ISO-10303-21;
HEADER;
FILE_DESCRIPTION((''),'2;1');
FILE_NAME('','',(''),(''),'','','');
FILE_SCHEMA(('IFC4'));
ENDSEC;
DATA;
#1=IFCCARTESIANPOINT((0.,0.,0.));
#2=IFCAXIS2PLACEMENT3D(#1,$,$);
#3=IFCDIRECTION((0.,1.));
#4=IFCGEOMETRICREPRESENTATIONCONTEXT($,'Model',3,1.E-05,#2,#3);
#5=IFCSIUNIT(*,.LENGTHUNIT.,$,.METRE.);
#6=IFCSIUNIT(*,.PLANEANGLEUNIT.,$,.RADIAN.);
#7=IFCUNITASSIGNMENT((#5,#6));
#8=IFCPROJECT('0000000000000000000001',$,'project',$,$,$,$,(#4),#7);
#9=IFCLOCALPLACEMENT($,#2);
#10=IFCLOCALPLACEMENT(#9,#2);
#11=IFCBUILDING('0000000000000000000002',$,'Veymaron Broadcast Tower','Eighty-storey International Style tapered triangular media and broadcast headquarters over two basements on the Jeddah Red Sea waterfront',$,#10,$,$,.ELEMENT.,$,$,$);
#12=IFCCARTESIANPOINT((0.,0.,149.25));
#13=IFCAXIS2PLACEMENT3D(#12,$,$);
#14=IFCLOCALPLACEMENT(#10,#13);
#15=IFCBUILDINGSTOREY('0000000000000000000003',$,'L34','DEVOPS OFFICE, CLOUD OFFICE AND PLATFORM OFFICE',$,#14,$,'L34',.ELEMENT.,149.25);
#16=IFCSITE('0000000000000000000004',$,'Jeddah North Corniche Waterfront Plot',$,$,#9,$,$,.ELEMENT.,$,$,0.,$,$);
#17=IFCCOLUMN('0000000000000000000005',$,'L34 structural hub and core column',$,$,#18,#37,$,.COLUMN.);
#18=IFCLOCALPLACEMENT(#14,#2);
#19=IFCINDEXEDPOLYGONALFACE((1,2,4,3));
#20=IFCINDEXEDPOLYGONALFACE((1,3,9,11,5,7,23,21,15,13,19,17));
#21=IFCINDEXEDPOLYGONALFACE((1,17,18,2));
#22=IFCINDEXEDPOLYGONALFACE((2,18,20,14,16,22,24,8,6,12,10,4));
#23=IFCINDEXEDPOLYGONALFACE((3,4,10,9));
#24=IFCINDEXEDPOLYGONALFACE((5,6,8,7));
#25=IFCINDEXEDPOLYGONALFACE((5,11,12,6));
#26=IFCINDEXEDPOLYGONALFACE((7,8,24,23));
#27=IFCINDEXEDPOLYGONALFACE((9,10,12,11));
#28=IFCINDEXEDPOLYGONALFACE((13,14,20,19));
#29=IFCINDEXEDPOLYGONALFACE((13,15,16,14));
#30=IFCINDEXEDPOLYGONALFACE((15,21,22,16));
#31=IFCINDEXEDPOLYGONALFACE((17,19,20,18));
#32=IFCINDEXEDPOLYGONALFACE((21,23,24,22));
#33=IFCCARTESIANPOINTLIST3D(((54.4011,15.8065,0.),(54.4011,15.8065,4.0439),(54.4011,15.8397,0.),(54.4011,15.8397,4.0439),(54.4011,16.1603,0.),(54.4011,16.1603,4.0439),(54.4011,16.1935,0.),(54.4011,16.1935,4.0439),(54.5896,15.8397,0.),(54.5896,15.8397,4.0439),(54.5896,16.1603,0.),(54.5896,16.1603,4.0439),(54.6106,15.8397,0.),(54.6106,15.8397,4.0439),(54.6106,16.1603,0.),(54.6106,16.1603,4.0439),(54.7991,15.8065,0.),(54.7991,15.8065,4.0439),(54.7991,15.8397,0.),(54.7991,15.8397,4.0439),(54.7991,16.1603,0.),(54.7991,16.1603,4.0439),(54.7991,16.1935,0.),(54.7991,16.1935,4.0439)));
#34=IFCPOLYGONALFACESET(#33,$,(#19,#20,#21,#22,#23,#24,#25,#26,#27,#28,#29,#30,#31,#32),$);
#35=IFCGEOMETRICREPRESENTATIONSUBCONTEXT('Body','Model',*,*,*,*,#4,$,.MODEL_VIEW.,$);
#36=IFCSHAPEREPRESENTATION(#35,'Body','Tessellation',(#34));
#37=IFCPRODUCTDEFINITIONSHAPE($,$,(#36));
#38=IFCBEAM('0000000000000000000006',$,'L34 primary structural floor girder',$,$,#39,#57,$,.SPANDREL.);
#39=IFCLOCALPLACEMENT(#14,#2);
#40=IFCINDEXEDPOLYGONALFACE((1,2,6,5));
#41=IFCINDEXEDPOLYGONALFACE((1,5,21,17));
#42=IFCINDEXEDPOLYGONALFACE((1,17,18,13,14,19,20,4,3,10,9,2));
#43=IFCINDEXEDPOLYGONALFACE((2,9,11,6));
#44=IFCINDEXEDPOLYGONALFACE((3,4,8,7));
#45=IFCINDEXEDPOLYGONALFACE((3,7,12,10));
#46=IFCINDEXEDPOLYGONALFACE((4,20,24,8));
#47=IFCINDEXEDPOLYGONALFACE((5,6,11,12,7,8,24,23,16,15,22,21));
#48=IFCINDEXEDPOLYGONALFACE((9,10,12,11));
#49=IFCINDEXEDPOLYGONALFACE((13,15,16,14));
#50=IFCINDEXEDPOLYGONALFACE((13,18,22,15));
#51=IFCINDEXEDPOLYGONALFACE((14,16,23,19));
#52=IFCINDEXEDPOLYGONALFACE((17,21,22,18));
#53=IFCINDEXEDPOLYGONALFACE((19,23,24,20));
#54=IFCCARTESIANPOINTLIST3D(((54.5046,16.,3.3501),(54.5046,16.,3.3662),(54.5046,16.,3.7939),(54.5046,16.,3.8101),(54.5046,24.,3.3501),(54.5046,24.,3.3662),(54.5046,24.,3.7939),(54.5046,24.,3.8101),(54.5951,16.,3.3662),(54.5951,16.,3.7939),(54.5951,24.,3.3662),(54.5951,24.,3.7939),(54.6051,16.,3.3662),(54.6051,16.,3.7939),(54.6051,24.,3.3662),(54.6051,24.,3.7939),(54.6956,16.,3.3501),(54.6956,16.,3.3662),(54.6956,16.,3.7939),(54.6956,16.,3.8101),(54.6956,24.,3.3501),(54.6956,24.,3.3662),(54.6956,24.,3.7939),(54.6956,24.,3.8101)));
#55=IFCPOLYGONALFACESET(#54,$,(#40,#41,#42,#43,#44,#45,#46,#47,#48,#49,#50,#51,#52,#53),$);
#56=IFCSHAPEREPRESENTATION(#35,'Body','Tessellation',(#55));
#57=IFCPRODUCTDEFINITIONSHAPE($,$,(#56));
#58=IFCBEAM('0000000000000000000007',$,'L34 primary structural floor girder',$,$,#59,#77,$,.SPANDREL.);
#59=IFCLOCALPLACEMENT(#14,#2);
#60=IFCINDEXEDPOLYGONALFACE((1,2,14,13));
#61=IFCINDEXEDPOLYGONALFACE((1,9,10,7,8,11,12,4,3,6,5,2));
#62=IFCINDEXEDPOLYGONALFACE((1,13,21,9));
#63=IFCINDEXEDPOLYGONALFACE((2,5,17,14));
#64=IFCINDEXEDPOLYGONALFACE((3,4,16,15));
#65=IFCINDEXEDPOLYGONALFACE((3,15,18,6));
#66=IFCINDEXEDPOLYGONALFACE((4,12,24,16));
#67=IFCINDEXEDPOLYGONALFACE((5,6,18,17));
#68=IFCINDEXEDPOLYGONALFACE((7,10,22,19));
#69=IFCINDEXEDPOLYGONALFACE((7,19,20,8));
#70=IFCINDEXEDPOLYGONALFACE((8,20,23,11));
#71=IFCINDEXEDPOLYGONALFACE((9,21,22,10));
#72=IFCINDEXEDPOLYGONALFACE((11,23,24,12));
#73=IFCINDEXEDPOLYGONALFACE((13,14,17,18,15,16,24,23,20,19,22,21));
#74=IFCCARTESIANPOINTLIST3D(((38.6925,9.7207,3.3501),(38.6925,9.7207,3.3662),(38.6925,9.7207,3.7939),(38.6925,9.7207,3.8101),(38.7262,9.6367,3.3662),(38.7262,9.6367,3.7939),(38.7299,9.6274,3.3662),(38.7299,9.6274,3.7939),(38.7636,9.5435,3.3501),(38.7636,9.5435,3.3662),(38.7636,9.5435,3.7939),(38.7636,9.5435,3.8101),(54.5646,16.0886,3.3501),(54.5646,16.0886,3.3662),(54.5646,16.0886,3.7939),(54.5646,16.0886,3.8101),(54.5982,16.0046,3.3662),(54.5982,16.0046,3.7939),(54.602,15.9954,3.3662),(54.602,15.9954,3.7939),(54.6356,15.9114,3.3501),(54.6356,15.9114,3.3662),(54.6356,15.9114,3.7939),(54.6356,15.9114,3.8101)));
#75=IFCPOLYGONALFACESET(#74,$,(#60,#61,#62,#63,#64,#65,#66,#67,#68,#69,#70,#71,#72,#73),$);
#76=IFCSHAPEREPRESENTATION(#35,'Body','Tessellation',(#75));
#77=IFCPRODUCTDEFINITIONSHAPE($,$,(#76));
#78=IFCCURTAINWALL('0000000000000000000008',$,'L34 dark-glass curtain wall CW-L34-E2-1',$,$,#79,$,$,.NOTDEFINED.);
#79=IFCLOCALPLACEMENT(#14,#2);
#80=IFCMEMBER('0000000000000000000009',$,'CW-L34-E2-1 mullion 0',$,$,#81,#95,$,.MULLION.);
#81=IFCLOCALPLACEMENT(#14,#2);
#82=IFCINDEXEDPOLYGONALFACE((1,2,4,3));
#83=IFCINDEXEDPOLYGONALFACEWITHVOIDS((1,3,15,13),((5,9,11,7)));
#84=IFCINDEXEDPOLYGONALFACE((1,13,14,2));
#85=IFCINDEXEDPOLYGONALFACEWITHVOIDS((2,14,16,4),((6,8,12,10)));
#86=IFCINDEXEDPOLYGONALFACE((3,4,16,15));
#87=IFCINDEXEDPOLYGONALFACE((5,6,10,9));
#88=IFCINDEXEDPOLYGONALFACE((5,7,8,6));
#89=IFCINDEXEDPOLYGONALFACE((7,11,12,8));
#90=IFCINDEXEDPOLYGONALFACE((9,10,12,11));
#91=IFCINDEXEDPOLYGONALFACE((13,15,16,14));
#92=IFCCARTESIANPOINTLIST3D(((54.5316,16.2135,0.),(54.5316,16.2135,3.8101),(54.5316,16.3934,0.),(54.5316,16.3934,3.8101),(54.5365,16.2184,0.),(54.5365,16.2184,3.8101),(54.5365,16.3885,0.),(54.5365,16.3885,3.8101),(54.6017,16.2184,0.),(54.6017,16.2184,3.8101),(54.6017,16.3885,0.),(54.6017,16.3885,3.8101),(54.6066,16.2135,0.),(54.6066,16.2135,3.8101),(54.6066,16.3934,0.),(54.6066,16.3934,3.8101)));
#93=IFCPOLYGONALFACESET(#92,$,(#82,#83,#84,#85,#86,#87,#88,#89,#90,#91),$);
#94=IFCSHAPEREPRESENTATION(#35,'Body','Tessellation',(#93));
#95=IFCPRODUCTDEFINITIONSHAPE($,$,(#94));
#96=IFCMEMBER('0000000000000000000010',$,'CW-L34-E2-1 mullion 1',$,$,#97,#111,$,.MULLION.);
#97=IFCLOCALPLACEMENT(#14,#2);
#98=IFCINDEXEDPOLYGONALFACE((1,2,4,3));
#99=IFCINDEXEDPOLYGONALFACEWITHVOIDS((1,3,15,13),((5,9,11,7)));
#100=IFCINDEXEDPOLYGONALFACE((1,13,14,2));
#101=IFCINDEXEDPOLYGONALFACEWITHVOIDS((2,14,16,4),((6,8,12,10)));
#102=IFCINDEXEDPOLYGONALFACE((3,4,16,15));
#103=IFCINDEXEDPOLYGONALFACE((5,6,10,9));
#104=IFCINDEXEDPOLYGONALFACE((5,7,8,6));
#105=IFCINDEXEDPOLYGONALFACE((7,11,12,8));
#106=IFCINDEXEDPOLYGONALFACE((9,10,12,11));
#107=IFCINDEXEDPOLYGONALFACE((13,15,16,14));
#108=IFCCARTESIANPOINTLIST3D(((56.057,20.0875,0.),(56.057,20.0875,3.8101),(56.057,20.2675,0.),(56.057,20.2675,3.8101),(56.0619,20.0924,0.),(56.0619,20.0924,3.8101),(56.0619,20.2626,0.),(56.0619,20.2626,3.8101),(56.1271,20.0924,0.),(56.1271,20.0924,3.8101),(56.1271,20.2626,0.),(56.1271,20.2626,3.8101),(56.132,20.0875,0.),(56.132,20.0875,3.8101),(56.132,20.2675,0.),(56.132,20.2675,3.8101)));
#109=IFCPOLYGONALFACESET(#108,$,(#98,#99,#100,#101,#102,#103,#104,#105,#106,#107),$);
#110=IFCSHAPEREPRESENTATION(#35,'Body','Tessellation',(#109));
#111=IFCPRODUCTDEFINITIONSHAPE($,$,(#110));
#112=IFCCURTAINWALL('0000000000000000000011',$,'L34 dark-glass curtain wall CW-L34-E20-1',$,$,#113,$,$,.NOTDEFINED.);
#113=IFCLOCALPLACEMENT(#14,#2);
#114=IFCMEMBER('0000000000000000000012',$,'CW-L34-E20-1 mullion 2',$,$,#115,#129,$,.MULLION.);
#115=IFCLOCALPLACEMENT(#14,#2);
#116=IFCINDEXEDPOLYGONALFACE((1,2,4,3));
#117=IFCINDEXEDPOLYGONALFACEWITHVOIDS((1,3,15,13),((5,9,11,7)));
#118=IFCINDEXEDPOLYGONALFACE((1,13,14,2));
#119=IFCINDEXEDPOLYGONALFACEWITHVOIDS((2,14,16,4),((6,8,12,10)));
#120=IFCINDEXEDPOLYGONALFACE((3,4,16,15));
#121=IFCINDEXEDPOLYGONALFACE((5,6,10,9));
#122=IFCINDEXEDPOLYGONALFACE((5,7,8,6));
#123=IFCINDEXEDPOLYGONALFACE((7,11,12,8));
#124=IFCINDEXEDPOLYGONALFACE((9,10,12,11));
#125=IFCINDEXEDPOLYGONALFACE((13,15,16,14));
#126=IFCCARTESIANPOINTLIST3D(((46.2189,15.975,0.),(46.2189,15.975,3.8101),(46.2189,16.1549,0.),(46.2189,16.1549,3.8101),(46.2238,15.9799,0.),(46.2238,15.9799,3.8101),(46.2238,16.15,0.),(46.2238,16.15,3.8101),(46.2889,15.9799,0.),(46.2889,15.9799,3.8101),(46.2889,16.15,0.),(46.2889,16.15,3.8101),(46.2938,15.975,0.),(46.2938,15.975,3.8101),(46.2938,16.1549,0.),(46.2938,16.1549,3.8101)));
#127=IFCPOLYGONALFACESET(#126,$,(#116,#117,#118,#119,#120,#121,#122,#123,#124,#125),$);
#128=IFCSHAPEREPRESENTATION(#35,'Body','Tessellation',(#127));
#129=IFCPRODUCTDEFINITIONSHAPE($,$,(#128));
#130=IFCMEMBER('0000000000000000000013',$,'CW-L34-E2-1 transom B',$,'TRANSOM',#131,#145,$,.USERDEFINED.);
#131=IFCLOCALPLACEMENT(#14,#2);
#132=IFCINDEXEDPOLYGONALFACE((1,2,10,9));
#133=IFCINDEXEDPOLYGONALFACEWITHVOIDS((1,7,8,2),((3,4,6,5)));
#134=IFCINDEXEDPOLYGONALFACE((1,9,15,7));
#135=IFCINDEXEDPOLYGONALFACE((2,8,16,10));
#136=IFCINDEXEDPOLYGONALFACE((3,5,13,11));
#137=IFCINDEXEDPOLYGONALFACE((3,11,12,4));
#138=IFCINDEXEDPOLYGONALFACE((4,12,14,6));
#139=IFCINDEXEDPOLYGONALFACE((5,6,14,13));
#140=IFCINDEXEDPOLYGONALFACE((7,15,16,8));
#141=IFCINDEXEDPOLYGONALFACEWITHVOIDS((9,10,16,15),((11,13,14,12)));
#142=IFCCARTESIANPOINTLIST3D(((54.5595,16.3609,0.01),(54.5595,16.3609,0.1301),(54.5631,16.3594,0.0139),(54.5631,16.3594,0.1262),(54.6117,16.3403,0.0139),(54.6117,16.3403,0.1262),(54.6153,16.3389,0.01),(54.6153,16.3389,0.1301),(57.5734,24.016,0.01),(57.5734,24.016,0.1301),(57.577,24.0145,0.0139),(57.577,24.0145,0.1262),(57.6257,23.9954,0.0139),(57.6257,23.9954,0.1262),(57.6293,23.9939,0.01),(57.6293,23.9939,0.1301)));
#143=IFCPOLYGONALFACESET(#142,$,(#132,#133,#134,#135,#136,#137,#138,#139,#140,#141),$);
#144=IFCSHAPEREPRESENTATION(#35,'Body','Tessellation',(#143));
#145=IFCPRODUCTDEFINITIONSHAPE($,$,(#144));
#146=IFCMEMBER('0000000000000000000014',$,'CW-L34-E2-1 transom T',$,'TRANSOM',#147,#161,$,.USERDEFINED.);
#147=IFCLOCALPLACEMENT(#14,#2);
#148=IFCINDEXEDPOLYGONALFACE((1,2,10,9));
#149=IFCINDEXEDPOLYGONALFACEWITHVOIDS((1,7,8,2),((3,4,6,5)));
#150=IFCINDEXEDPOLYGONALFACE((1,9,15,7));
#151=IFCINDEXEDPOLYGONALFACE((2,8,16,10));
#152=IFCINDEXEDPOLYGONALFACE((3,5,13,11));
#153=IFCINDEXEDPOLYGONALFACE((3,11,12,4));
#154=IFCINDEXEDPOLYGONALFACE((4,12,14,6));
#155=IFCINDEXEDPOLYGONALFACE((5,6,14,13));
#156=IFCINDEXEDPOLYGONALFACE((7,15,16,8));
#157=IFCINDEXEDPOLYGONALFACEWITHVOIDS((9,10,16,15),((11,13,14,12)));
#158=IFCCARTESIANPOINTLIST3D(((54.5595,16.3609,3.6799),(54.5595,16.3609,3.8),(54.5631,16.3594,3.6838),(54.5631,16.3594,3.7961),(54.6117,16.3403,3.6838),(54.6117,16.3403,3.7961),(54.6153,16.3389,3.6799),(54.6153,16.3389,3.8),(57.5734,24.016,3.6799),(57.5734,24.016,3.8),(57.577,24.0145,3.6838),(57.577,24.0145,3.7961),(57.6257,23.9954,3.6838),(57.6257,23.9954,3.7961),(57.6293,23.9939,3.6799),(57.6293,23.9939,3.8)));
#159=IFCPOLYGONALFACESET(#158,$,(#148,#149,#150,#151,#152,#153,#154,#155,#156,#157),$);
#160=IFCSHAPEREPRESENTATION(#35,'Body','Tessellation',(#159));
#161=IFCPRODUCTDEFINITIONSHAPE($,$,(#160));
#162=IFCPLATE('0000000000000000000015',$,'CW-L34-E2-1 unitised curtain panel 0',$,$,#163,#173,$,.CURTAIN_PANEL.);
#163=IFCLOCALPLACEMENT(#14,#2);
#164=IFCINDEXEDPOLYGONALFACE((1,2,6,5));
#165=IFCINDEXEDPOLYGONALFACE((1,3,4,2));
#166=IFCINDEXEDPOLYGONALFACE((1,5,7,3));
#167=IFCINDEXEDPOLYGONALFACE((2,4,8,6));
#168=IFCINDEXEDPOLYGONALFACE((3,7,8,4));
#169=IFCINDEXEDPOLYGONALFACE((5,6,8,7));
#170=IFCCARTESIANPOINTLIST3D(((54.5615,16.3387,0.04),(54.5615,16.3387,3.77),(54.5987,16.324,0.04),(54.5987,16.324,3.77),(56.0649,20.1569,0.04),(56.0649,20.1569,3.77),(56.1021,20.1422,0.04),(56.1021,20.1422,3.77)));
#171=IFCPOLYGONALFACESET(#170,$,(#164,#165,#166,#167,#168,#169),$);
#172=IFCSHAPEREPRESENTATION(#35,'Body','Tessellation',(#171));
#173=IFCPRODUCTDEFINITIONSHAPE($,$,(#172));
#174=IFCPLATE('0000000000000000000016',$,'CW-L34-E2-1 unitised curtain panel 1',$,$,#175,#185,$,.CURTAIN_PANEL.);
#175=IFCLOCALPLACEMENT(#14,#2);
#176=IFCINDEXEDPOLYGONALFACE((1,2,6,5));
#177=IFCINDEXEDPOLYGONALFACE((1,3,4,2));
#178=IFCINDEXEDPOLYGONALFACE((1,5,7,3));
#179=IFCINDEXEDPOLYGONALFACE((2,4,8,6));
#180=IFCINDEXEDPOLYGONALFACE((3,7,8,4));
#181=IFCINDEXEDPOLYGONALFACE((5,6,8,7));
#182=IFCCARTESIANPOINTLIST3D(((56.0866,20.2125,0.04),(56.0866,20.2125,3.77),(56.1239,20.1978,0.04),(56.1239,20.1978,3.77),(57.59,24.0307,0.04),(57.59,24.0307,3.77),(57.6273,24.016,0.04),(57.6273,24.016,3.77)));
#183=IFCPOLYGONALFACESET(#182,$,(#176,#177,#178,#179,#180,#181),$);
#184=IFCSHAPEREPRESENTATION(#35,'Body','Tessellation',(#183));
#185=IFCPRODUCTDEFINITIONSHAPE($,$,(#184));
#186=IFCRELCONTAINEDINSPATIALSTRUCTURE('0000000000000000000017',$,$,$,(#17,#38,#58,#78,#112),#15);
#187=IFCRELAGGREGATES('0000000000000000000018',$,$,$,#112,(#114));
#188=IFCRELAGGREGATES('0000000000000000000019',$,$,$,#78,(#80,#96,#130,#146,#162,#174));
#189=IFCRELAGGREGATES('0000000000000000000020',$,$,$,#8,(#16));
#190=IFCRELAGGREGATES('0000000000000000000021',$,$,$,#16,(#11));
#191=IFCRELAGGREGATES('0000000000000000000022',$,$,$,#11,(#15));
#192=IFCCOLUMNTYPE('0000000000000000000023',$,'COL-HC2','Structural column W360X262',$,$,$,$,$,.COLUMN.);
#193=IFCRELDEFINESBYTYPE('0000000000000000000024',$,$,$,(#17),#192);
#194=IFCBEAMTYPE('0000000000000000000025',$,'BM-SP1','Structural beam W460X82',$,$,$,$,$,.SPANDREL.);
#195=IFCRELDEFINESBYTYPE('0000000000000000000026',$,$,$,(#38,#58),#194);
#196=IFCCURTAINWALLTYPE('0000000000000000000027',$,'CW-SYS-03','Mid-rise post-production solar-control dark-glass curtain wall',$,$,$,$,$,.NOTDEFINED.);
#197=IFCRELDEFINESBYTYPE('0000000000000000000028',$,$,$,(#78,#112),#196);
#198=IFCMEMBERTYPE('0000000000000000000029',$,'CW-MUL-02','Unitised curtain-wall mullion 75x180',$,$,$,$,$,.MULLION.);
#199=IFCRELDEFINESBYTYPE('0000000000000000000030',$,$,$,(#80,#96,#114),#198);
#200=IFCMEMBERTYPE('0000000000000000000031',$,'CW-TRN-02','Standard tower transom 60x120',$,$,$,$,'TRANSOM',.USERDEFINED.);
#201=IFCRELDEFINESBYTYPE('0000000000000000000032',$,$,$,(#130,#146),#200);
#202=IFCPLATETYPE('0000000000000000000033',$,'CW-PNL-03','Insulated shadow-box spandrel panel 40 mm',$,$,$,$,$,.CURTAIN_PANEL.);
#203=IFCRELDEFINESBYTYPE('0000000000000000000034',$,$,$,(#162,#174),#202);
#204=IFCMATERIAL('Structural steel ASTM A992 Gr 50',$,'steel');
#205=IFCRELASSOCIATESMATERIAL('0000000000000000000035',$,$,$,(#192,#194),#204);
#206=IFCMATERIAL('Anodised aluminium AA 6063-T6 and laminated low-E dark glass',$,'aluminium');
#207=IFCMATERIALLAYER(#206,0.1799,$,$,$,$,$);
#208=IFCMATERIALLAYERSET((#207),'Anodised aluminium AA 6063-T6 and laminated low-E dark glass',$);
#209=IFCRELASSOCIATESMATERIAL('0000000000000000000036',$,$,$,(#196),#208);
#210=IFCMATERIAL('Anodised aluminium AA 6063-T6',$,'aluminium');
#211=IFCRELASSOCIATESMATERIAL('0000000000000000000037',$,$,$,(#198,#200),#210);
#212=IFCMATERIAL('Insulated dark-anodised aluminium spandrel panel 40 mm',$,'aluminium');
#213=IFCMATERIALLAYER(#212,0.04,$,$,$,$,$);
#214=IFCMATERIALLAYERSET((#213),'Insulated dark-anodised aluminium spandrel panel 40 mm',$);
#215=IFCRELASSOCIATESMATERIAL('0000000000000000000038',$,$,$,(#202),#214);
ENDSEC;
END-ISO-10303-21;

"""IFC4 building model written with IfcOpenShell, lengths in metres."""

from ifc_helpers import new_model, si_unit, direction, frame, origin, origin_2d, place, context, subcontext, project, spatial, rectangle, hollow_rectangle, i_section, extrude, material, layer, layer_set, material_profile, profile_set, type_object, element, aggregate, save


model = new_model("IFC4")

# Units and contexts
model_context = context("Model", 3, precision=1e-05, world=origin(), true_north=direction((0.0, 1.0)))
body_context = subcontext(model_context, "Body", "Model", "MODEL_VIEW")
ifc_project = project(units=[si_unit("LENGTHUNIT", "METRE"), si_unit("PLANEANGLEUNIT", "RADIAN")], contexts=[model_context])

# Site, building, storey
site_placement = place(None, origin())
site = spatial("IfcSite", under=ifc_project, at=site_placement, Name="Jeddah North Corniche Waterfront Plot", CompositionType="ELEMENT", RefElevation=0.0)
building_placement = place(site_placement, origin())
building = spatial("IfcBuilding", under=site, at=building_placement, Name="Veymaron Broadcast Tower", Description="Eighty-storey International Style tapered triangular media and broadcast headquarters over two basements on the Jeddah Red Sea waterfront", CompositionType="ELEMENT")
storey_placement = place(building_placement, frame((0.0, 0.0, 149.25)))
storey = spatial("IfcBuildingStorey", under=building, at=storey_placement, Name="L34", Description="DEVOPS OFFICE, CLOUD OFFICE AND PLATFORM OFFICE", LongName="L34", CompositionType="ELEMENT", Elevation=149.25)

# Column
ifc_material_1 = material(Name="Structural steel ASTM A992 Gr 50", Category="steel")
ifc_material_profile_1 = material_profile(ifc_material_1, i_section(OverallWidth=0.3979, OverallDepth=0.387, WebThickness=0.021, FlangeThickness=0.0332, at=origin_2d()), Name="W360X262")
ifc_profile_set_1 = profile_set([ifc_material_profile_1], Name="Structural steel ASTM A992 Gr 50")
column_type = type_object("IfcColumnType", Name="COL-HC2", Description="Structural column W360X262", PredefinedType="COLUMN", material=ifc_profile_set_1)
column_placement = place(storey_placement, frame((54.6001, 16.0, 0.0), z_axis=(0.0, 0.0, 1.0), x_axis=(1.0, 0.0, 0.0)))
element("IfcColumn", 1, at=column_placement, inside=storey, type_object=column_type, Name="L34 structural hub and core column", PredefinedType="COLUMN", context=body_context, shape_type="SweptSolid", body=[
    extrude(i_section(OverallWidth=0.3979, OverallDepth=0.387, WebThickness=0.021, FlangeThickness=0.0332, at=origin_2d()), origin(), (0.0, 0.0, 1.0), 4.0439),
])

# Beams
ifc_material_profile_2 = material_profile(ifc_material_1, i_section(OverallWidth=0.1909, OverallDepth=0.46, WebThickness=0.01, FlangeThickness=0.0161, at=origin_2d()), Name="W460X82")
ifc_profile_set_2 = profile_set([ifc_material_profile_2], Name="Structural steel ASTM A992 Gr 50")
beam_type = type_object("IfcBeamType", Name="BM-SP1", Description="Structural beam W460X82", PredefinedType="SPANDREL", material=ifc_profile_set_2)
beam_1_placement = place(storey_placement, frame((54.6001, 16.0, 3.5801), z_axis=(0.0, 1.0, 0.0), x_axis=(-1.0, 0.0, 0.0)))
element("IfcBeam", 2, at=beam_1_placement, inside=storey, type_object=beam_type, Name="L34 primary structural floor girder", PredefinedType="SPANDREL", context=body_context, shape_type="SweptSolid", body=[
    extrude(i_section(OverallWidth=0.1909, OverallDepth=0.46, WebThickness=0.01, FlangeThickness=0.0161, at=origin_2d()), origin(), (0.0, 0.0, 1.0), 8.0),
])
beam_2_placement = place(storey_placement, frame((54.6001, 16.0, 3.5801), z_axis=(-0.928091, -0.372353, 0.0), x_axis=(0.372353, -0.928091, 0.0)))
element("IfcBeam", 3, at=beam_2_placement, inside=storey, type_object=beam_type, Name="L34 primary structural floor girder", PredefinedType="SPANDREL", context=body_context, shape_type="SweptSolid", body=[
    extrude(i_section(OverallWidth=0.1909, OverallDepth=0.46, WebThickness=0.01, FlangeThickness=0.0161, at=origin_2d()), origin(), (0.0, 0.0, 1.0), 17.1018),
])

# Curtain wall, members
ifc_material_2 = material(Name="Anodised aluminium AA 6063-T6 and laminated low-E dark glass", Category="aluminium")
ifc_layer_1 = layer(ifc_material_2, 0.1799)
ifc_layer_set_1 = layer_set([ifc_layer_1], Name="Anodised aluminium AA 6063-T6 and laminated low-E dark glass")
curtain_wall_type = type_object("IfcCurtainWallType", Name="CW-SYS-03", Description="Mid-rise post-production solar-control dark-glass curtain wall", PredefinedType="NOTDEFINED", material=ifc_layer_set_1)
curtain_wall_1_placement = place(storey_placement, origin())
curtain_wall_1 = element("IfcCurtainWall", 4, at=curtain_wall_1_placement, inside=storey, type_object=curtain_wall_type, Name="L34 dark-glass curtain wall CW-L34-E2-1", PredefinedType="NOTDEFINED")
ifc_material_3 = material(Name="Anodised aluminium AA 6063-T6", Category="aluminium")
ifc_material_profile_3 = material_profile(ifc_material_3, hollow_rectangle(XDim=0.075, YDim=0.1799, WallThickness=0.0049, at=origin_2d()), Name="AL180X75X5")
ifc_profile_set_3 = profile_set([ifc_material_profile_3], Name="Anodised aluminium AA 6063-T6")
member_type_1 = type_object("IfcMemberType", Name="CW-MUL-02", Description="Unitised curtain-wall mullion 75x180", PredefinedType="MULLION", material=ifc_profile_set_3)
member_1_placement = place(storey_placement, frame((54.5691, 16.3035, 0.0), z_axis=(0.0, 0.0, 1.0), x_axis=(1.0, 0.0, 0.0)))
member_1 = element("IfcMember", 5, at=member_1_placement, type_object=member_type_1, Name="CW-L34-E2-1 mullion 0", PredefinedType="MULLION", context=body_context, shape_type="SweptSolid", body=[
    extrude(hollow_rectangle(XDim=0.075, YDim=0.1799, WallThickness=0.0049, at=origin_2d()), origin(), (0.0, 0.0, 1.0), 3.8101),
])
member_2_placement = place(storey_placement, frame((56.0945, 20.1775, 0.0), z_axis=(0.0, 0.0, 1.0), x_axis=(1.0, 0.0, 0.0)))
member_2 = element("IfcMember", 6, at=member_2_placement, type_object=member_type_1, Name="CW-L34-E2-1 mullion 1", PredefinedType="MULLION", context=body_context, shape_type="SweptSolid", body=[
    extrude(hollow_rectangle(XDim=0.075, YDim=0.1799, WallThickness=0.0049, at=origin_2d()), origin(), (0.0, 0.0, 1.0), 3.8101),
])

# Curtain wall, member
curtain_wall_2_placement = place(storey_placement, origin())
curtain_wall_2 = element("IfcCurtainWall", 7, at=curtain_wall_2_placement, inside=storey, type_object=curtain_wall_type, Name="L34 dark-glass curtain wall CW-L34-E20-1", PredefinedType="NOTDEFINED")
member_3_placement = place(storey_placement, frame((46.2563, 16.0649, 0.0), z_axis=(0.0, 0.0, 1.0), x_axis=(1.0, 0.0, 0.0)))
member_3 = element("IfcMember", 8, at=member_3_placement, type_object=member_type_1, Name="CW-L34-E20-1 mullion 2", PredefinedType="MULLION", context=body_context, shape_type="SweptSolid", body=[
    extrude(hollow_rectangle(XDim=0.075, YDim=0.1799, WallThickness=0.0049, at=origin_2d()), origin(), (0.0, 0.0, 1.0), 3.8101),
])
aggregate(curtain_wall_2, [member_3])

# Members
ifc_material_profile_4 = material_profile(ifc_material_3, hollow_rectangle(XDim=0.0601, YDim=0.1201, WallThickness=0.0039, at=origin_2d()), Name="AL120X60X4")
ifc_profile_set_4 = profile_set([ifc_material_profile_4], Name="Anodised aluminium AA 6063-T6")
member_type_2 = type_object("IfcMemberType", Name="CW-TRN-02", Description="Standard tower transom 60x120", ElementType="TRANSOM", PredefinedType="USERDEFINED", material=ifc_profile_set_4)
member_4_placement = place(storey_placement, frame((54.5874, 16.3499, 0.0701), z_axis=(0.366345, 0.930479, 0.0), x_axis=(-0.930479, 0.366345, 0.0)))
member_4 = element("IfcMember", 9, at=member_4_placement, type_object=member_type_2, Name="CW-L34-E2-1 transom B", ObjectType="TRANSOM", PredefinedType="USERDEFINED", context=body_context, shape_type="SweptSolid", body=[
    extrude(hollow_rectangle(XDim=0.0601, YDim=0.1201, WallThickness=0.0039, at=origin_2d()), origin(), (0.0, 0.0, 1.0), 8.2271),
])
member_5_placement = place(storey_placement, frame((54.5874, 16.3499, 3.74), z_axis=(0.366345, 0.930479, 0.0), x_axis=(-0.930479, 0.366345, 0.0)))
member_5 = element("IfcMember", 10, at=member_5_placement, type_object=member_type_2, Name="CW-L34-E2-1 transom T", ObjectType="TRANSOM", PredefinedType="USERDEFINED", context=body_context, shape_type="SweptSolid", body=[
    extrude(hollow_rectangle(XDim=0.0601, YDim=0.1201, WallThickness=0.0039, at=origin_2d()), origin(), (0.0, 0.0, 1.0), 8.2271),
])

# Plates
ifc_material_4 = material(Name="Insulated dark-anodised aluminium spandrel panel 40 mm", Category="aluminium")
ifc_layer_2 = layer(ifc_material_4, 0.04)
ifc_layer_set_2 = layer_set([ifc_layer_2], Name="Insulated dark-anodised aluminium spandrel panel 40 mm")
plate_type = type_object("IfcPlateType", Name="CW-PNL-03", Description="Insulated shadow-box spandrel panel 40 mm", PredefinedType="CURTAIN_PANEL", material=ifc_layer_set_2)
plate_1_placement = place(storey_placement, frame((55.3318, 18.2405, 0.04), z_axis=(0.0, 0.0, 1.0), x_axis=(0.366371, 0.930469, 0.0)))
plate_1 = element("IfcPlate", 11, at=plate_1_placement, type_object=plate_type, Name="CW-L34-E2-1 unitised curtain panel 0", PredefinedType="CURTAIN_PANEL", context=body_context, shape_type="SweptSolid", body=[
    extrude(rectangle(XDim=4.1035, YDim=0.04, at=origin_2d()), origin(), (0.0, 0.0, 1.0), 3.73),
])
plate_2_placement = place(storey_placement, frame((56.8569, 22.1143, 0.04), z_axis=(0.0, 0.0, 1.0), x_axis=(0.366371, 0.930469, 0.0)))
plate_2 = element("IfcPlate", 12, at=plate_2_placement, type_object=plate_type, Name="CW-L34-E2-1 unitised curtain panel 1", PredefinedType="CURTAIN_PANEL", context=body_context, shape_type="SweptSolid", body=[
    extrude(rectangle(XDim=4.1035, YDim=0.04, at=origin_2d()), origin(), (0.0, 0.0, 1.0), 3.73),
])
aggregate(curtain_wall_1, [member_1, member_2, member_4, member_5, plate_1, plate_2])

save(model, "model.ifc")
